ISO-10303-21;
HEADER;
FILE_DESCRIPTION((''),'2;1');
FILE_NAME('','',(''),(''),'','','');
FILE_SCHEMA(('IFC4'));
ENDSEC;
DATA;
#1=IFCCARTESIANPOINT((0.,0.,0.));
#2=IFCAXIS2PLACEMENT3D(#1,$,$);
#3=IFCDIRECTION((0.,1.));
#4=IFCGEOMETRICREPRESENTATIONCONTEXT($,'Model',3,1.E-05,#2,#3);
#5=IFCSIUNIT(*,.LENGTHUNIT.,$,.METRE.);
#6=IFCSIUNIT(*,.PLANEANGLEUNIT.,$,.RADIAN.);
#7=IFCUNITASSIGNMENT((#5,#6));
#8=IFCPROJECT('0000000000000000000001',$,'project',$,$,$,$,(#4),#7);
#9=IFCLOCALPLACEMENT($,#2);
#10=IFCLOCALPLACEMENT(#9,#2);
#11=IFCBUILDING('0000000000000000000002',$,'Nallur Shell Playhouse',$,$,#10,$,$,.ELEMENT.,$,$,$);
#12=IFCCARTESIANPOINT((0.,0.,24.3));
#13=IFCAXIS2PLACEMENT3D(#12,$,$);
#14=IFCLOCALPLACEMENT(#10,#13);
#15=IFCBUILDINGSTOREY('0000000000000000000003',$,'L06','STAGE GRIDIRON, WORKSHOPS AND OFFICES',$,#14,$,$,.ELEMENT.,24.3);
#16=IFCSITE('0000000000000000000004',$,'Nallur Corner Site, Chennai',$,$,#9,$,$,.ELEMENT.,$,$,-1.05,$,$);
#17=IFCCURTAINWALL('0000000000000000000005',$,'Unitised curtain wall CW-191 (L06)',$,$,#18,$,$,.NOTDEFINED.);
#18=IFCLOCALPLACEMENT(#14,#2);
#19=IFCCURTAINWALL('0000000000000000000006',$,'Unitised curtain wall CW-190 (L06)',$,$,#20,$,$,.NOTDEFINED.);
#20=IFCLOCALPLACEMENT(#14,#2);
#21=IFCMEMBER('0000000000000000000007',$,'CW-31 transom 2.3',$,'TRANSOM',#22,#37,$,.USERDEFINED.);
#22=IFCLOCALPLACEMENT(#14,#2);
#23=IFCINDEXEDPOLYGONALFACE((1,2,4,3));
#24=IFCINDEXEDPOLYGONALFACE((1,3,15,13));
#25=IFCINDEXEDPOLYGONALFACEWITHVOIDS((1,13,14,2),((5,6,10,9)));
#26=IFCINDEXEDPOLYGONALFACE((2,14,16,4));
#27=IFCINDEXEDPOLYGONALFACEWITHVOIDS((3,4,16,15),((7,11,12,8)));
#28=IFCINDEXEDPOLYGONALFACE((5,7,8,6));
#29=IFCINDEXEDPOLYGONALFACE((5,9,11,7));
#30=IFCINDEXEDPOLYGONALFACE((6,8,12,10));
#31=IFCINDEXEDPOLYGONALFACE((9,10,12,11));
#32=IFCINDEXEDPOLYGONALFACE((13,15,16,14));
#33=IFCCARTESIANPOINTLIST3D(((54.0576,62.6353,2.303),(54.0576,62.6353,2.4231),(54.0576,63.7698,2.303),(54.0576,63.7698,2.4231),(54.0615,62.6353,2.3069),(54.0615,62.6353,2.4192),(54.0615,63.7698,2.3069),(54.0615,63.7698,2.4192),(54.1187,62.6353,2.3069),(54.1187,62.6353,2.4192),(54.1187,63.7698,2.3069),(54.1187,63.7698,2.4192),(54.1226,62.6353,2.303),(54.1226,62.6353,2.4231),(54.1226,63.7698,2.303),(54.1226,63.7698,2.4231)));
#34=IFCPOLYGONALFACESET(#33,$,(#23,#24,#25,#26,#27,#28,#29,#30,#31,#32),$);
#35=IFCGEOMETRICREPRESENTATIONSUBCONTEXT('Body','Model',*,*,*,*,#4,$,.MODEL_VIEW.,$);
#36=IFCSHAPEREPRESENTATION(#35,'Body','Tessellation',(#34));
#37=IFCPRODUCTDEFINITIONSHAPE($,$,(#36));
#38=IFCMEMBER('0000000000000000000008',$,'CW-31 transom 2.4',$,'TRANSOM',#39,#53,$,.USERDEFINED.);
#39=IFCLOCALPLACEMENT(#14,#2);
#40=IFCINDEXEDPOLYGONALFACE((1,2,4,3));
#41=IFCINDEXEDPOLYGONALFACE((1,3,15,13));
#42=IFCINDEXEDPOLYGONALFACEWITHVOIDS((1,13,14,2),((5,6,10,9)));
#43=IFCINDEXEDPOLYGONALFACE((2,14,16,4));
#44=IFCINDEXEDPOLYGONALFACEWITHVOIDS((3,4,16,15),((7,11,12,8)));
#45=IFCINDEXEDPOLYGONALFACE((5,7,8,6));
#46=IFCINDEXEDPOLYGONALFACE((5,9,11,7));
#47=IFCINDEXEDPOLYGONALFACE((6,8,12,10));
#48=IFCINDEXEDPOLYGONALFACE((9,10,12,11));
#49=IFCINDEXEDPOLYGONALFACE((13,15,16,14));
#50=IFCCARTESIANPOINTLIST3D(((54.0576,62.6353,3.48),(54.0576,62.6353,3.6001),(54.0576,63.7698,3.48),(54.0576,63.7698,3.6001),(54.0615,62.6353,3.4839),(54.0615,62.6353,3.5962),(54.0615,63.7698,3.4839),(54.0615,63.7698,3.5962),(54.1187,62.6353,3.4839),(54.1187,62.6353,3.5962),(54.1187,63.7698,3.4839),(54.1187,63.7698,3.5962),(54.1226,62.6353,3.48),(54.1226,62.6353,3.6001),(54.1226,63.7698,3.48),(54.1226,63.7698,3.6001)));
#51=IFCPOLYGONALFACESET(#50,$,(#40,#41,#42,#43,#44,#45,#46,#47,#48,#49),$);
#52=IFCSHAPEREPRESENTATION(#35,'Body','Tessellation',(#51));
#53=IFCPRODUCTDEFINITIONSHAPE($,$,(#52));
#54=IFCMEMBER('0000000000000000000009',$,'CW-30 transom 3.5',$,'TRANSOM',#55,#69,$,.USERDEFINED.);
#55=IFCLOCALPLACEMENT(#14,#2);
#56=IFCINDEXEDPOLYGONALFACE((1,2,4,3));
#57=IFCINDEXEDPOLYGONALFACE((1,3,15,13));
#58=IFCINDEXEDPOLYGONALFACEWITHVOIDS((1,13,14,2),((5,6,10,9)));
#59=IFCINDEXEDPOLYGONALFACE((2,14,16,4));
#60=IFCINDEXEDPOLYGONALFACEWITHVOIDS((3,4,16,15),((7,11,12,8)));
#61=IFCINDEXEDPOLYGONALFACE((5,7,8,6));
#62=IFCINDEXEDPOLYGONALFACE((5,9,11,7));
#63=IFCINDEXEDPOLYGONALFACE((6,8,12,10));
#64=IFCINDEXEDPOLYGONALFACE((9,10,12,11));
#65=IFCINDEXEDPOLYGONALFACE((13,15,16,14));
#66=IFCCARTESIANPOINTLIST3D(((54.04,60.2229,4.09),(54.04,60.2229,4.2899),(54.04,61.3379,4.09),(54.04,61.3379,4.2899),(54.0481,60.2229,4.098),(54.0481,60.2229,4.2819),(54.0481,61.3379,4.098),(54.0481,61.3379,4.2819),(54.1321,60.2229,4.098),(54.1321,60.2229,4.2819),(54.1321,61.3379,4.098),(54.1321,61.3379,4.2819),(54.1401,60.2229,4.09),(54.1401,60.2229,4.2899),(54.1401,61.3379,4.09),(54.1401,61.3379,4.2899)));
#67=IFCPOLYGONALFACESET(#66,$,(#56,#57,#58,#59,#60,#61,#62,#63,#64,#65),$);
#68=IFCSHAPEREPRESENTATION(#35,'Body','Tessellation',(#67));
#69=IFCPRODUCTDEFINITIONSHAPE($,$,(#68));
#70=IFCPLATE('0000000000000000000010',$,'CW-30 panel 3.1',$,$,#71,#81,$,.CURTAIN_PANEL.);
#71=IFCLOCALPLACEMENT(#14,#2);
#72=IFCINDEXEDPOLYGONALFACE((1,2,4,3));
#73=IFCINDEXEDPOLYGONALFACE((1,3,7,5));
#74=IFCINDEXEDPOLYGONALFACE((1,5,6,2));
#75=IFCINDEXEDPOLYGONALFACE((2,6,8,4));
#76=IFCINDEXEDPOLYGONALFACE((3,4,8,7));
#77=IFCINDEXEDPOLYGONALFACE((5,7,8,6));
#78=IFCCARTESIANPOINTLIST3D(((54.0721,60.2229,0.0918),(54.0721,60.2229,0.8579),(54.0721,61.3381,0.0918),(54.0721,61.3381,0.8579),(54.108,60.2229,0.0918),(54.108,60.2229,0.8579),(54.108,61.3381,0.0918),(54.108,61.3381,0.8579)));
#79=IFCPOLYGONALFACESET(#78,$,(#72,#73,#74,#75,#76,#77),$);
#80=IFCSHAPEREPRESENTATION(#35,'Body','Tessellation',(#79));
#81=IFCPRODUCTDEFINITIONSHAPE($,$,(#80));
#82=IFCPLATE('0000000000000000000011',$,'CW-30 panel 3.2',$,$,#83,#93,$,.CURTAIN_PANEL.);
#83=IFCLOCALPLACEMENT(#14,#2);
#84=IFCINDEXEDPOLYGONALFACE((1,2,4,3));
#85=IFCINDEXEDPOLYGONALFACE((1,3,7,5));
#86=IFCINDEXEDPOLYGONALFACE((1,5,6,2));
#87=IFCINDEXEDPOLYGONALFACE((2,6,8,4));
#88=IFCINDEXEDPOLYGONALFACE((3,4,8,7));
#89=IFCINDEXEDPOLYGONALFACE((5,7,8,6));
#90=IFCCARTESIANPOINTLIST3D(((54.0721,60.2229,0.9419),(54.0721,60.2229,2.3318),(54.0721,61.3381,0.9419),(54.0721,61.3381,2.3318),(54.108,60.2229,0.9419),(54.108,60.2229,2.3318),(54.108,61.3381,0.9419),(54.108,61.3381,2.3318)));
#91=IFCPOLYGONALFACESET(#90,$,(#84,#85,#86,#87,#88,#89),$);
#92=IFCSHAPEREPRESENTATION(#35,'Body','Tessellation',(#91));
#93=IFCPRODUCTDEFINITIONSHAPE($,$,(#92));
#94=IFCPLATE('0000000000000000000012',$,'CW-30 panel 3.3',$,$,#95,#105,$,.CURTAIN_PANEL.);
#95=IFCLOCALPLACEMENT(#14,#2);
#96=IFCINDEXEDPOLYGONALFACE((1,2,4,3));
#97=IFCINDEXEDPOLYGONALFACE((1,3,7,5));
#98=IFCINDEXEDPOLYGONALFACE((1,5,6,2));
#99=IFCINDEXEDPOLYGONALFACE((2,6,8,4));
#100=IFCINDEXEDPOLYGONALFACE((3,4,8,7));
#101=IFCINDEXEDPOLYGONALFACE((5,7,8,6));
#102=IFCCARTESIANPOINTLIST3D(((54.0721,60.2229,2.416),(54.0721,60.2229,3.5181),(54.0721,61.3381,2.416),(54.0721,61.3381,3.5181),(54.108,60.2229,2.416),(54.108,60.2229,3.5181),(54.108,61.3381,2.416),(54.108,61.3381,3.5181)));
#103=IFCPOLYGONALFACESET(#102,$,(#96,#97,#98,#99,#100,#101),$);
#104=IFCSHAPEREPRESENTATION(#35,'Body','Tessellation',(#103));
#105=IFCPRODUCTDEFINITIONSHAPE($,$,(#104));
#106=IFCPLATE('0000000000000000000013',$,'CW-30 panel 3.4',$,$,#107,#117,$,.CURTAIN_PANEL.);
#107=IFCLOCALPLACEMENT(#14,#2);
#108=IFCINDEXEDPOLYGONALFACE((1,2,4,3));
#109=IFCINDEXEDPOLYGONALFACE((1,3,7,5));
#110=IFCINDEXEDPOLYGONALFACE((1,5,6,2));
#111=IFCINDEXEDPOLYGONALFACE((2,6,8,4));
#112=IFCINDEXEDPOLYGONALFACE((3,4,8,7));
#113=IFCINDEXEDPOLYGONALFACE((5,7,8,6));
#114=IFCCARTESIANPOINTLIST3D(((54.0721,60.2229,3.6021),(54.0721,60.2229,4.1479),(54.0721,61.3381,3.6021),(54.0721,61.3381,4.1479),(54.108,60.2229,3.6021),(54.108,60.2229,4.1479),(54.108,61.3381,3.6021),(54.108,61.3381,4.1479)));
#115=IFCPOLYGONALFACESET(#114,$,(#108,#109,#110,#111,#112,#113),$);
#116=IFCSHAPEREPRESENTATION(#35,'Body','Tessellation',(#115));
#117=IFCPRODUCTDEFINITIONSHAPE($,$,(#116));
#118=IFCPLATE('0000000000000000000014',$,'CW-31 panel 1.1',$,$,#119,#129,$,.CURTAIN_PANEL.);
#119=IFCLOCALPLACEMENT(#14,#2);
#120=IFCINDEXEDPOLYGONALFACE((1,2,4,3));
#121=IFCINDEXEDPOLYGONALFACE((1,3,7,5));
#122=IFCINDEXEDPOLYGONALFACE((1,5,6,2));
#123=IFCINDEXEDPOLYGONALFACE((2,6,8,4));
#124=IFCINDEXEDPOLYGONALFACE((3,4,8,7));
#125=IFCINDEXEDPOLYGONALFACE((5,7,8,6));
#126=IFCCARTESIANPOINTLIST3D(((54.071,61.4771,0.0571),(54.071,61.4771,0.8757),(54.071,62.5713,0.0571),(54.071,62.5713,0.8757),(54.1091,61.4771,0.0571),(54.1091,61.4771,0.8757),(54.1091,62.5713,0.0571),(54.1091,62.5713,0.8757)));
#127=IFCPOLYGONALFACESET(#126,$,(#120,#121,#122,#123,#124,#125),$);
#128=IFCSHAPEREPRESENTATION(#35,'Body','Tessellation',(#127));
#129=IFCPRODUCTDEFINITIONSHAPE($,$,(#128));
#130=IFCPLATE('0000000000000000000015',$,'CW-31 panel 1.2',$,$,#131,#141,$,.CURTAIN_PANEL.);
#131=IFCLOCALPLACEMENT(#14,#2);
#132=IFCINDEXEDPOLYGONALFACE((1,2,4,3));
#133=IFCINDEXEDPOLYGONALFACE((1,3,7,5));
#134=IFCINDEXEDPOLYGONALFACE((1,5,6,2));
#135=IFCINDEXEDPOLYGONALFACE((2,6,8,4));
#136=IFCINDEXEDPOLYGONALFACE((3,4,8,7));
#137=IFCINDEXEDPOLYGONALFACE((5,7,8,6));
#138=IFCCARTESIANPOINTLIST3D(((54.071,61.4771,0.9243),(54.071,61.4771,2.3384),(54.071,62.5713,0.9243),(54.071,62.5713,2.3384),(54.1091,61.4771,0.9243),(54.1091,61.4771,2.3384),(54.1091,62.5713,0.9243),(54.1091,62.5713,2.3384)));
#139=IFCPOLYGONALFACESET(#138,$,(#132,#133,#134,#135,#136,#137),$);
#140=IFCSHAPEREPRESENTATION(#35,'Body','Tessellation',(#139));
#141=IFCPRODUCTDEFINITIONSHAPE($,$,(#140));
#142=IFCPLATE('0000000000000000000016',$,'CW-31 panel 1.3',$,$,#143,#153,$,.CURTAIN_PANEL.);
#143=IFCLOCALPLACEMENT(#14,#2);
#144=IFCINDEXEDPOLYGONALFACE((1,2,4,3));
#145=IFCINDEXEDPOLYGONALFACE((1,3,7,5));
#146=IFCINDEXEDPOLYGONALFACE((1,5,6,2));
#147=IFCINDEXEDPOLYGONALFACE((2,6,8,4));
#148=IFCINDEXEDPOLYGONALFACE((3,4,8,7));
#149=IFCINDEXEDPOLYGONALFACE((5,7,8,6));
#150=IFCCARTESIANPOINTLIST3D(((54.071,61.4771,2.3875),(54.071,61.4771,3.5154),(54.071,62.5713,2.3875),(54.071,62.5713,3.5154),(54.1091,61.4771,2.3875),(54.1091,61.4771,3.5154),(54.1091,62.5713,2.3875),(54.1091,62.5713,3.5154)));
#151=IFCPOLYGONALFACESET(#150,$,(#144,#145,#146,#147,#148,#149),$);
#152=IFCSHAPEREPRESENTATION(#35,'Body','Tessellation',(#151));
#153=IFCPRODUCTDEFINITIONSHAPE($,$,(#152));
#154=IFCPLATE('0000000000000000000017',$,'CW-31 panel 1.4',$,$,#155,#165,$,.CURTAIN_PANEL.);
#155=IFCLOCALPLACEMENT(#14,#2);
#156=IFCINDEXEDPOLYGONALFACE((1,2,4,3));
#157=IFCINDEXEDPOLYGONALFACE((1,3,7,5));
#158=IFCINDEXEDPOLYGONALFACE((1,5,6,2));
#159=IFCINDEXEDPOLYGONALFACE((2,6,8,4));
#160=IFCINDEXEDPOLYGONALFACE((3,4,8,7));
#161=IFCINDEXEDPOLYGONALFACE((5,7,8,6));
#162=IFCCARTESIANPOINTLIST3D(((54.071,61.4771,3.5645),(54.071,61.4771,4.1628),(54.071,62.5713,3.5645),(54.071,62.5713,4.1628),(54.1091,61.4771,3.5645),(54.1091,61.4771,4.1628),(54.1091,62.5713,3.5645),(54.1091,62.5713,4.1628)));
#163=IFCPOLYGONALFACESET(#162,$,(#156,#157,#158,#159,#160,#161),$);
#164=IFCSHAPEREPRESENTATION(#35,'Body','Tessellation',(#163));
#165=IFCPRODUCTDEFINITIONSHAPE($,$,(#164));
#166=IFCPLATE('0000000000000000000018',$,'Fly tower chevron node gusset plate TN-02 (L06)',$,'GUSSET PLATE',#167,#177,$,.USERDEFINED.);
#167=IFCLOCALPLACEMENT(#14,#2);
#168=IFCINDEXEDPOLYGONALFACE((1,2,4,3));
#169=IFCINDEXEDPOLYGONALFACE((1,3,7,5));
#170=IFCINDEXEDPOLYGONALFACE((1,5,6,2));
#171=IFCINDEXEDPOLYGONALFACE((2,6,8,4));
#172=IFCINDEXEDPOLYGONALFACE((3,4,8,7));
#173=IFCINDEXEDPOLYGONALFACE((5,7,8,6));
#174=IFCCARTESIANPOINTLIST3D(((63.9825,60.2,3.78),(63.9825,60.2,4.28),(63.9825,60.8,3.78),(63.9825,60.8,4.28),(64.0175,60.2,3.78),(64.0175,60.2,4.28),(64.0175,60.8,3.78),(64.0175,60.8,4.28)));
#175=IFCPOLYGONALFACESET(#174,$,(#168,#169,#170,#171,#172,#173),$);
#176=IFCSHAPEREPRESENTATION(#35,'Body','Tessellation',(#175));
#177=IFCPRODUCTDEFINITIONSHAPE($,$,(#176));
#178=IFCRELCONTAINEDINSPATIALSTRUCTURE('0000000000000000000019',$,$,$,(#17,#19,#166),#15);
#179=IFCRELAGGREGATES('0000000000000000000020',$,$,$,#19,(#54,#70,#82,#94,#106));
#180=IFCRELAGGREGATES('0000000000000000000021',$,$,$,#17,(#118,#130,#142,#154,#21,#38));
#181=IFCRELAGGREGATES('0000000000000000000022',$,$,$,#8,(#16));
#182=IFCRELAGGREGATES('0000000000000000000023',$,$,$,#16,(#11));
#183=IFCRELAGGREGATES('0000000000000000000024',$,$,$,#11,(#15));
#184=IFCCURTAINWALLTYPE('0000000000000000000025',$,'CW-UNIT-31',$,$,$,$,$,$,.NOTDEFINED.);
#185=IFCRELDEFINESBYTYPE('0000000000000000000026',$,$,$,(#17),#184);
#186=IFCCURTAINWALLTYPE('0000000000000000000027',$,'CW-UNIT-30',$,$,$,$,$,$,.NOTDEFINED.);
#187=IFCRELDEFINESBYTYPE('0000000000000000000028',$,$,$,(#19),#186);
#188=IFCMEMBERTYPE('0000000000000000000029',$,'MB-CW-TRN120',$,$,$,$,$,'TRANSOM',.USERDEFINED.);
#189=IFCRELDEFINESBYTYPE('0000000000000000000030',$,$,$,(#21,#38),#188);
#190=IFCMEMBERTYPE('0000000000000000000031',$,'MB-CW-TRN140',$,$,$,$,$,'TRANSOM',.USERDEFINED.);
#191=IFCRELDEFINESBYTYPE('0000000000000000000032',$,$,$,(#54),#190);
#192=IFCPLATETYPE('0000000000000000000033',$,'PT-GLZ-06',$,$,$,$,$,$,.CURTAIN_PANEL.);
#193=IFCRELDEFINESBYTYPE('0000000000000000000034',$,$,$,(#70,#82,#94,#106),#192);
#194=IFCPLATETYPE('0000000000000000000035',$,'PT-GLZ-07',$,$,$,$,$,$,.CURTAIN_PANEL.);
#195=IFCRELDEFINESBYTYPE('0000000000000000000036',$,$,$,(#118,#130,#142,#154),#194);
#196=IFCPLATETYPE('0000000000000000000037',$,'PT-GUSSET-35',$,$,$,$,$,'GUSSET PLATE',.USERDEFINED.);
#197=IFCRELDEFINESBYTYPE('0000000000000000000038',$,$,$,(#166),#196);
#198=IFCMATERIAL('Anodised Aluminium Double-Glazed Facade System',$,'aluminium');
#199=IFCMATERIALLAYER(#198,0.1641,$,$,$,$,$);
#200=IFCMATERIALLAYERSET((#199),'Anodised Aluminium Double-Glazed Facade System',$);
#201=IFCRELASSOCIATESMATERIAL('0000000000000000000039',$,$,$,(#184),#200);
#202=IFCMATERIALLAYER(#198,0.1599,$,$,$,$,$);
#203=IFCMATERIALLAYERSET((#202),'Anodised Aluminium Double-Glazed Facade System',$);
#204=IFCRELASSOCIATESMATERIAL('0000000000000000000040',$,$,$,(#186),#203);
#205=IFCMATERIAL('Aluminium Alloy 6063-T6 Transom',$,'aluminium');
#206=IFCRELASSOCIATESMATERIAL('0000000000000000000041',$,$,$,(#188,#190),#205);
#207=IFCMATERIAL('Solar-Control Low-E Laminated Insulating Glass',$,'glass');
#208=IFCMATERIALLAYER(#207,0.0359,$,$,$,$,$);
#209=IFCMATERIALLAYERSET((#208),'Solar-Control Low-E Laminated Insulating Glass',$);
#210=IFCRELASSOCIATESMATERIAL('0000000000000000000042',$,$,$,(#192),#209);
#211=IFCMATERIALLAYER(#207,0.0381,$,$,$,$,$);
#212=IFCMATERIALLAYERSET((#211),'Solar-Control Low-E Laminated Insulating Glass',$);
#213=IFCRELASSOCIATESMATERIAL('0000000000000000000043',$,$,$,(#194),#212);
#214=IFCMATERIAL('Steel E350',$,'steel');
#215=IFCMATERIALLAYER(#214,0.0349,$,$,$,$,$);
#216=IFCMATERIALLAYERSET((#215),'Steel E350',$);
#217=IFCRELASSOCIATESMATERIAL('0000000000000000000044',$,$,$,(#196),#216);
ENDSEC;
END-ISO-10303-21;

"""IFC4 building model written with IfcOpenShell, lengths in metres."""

from ifc_helpers import new_model, si_unit, direction, frame, origin, origin_2d, place, context, subcontext, project, spatial, rectangle, hollow_rectangle, extrude, material, layer, layer_set, material_profile, profile_set, type_object, element, aggregate, save


model = new_model("IFC4")

# Units and contexts
model_context = context("Model", 3, precision=1e-05, world=origin(), true_north=direction((0.0, 1.0)))
body_context = subcontext(model_context, "Body", "Model", "MODEL_VIEW")
ifc_project = project(units=[si_unit("LENGTHUNIT", "METRE"), si_unit("PLANEANGLEUNIT", "RADIAN")], contexts=[model_context])

# Site, building, storey
site_placement = place(None, origin())
site = spatial("IfcSite", under=ifc_project, at=site_placement, Name="Nallur Corner Site, Chennai", CompositionType="ELEMENT", RefElevation=-1.05)
building_placement = place(site_placement, origin())
building = spatial("IfcBuilding", under=site, at=building_placement, Name="Nallur Shell Playhouse", CompositionType="ELEMENT")
storey_placement = place(building_placement, frame((0.0, 0.0, 24.3)))
storey = spatial("IfcBuildingStorey", under=building, at=storey_placement, Name="L06", Description="STAGE GRIDIRON, WORKSHOPS AND OFFICES", CompositionType="ELEMENT", Elevation=24.3)

# Curtain wall
ifc_material_1 = material(Name="Anodised Aluminium Double-Glazed Facade System", Category="aluminium")
ifc_layer_1 = layer(ifc_material_1, 0.1641)
ifc_layer_set_1 = layer_set([ifc_layer_1], Name="Anodised Aluminium Double-Glazed Facade System")
curtain_wall_type_1 = type_object("IfcCurtainWallType", Name="CW-UNIT-31", PredefinedType="NOTDEFINED", material=ifc_layer_set_1)
curtain_wall_1_placement = place(storey_placement, origin())
curtain_wall_1 = element("IfcCurtainWall", 1, at=curtain_wall_1_placement, inside=storey, type_object=curtain_wall_type_1, Name="Unitised curtain wall CW-191 (L06)", PredefinedType="NOTDEFINED")

# Curtain wall
ifc_layer_2 = layer(ifc_material_1, 0.1599)
ifc_layer_set_2 = layer_set([ifc_layer_2], Name="Anodised Aluminium Double-Glazed Facade System")
curtain_wall_type_2 = type_object("IfcCurtainWallType", Name="CW-UNIT-30", PredefinedType="NOTDEFINED", material=ifc_layer_set_2)
curtain_wall_2_placement = place(storey_placement, origin())
curtain_wall_2 = element("IfcCurtainWall", 2, at=curtain_wall_2_placement, inside=storey, type_object=curtain_wall_type_2, Name="Unitised curtain wall CW-190 (L06)", PredefinedType="NOTDEFINED")

# Members
ifc_material_2 = material(Name="Aluminium Alloy 6063-T6 Transom", Category="aluminium")
ifc_material_profile_1 = material_profile(ifc_material_2, hollow_rectangle(XDim=0.0649, YDim=0.1201, WallThickness=0.0039, at=origin_2d()), Name="ALU 65x120x4")
ifc_profile_set_1 = profile_set([ifc_material_profile_1], Name="Aluminium Alloy 6063-T6 Transom")
member_type_1 = type_object("IfcMemberType", Name="MB-CW-TRN120", ElementType="TRANSOM", PredefinedType="USERDEFINED", material=ifc_profile_set_1)
member_1_placement = place(storey_placement, frame((54.0901, 62.6353, 2.363), z_axis=(0.0, 1.0, 0.0), x_axis=(-1.0, 0.0, 0.0)))
member_1 = element("IfcMember", 3, at=member_1_placement, type_object=member_type_1, Name="CW-31 transom 2.3", ObjectType="TRANSOM", PredefinedType="USERDEFINED", context=body_context, shape_type="SweptSolid", body=[
    extrude(hollow_rectangle(XDim=0.0649, YDim=0.1201, WallThickness=0.0039, at=origin_2d()), origin(), (0.0, 0.0, 1.0), 1.1345),
])
member_2_placement = place(storey_placement, frame((54.0901, 62.6353, 3.54), z_axis=(0.0, 1.0, 0.0), x_axis=(-1.0, 0.0, 0.0)))
member_2 = element("IfcMember", 4, at=member_2_placement, type_object=member_type_1, Name="CW-31 transom 2.4", ObjectType="TRANSOM", PredefinedType="USERDEFINED", context=body_context, shape_type="SweptSolid", body=[
    extrude(hollow_rectangle(XDim=0.0649, YDim=0.1201, WallThickness=0.0039, at=origin_2d()), origin(), (0.0, 0.0, 1.0), 1.1345),
])
ifc_material_profile_2 = material_profile(ifc_material_2, hollow_rectangle(XDim=0.1001, YDim=0.2, WallThickness=0.0081, at=origin_2d()), Name="RHS 200x100x8")
ifc_profile_set_2 = profile_set([ifc_material_profile_2], Name="Aluminium Alloy 6063-T6 Transom")
member_type_2 = type_object("IfcMemberType", Name="MB-CW-TRN140", ElementType="TRANSOM", PredefinedType="USERDEFINED", material=ifc_profile_set_2)
member_3_placement = place(storey_placement, frame((54.0901, 60.2229, 4.1899), z_axis=(0.0, 1.0, 0.0), x_axis=(-1.0, 0.0, 0.0)))
member_3 = element("IfcMember", 5, at=member_3_placement, type_object=member_type_2, Name="CW-30 transom 3.5", ObjectType="TRANSOM", PredefinedType="USERDEFINED", context=body_context, shape_type="SweptSolid", body=[
    extrude(hollow_rectangle(XDim=0.1001, YDim=0.2, WallThickness=0.0081, at=origin_2d()), origin(), (0.0, 0.0, 1.0), 1.115),
])

# Plates
ifc_material_3 = material(Name="Solar-Control Low-E Laminated Insulating Glass", Category="glass")
ifc_layer_3 = layer(ifc_material_3, 0.0359)
ifc_layer_set_3 = layer_set([ifc_layer_3], Name="Solar-Control Low-E Laminated Insulating Glass")
plate_type_1 = type_object("IfcPlateType", Name="PT-GLZ-06", PredefinedType="CURTAIN_PANEL", material=ifc_layer_set_3)
plate_1_placement = place(storey_placement, frame((54.0901, 60.7805, 0.0918), z_axis=(0.0, 0.0, 1.0), x_axis=(0.0, 1.0, 0.0)))
plate_1 = element("IfcPlate", 6, at=plate_1_placement, type_object=plate_type_1, Name="CW-30 panel 3.1", PredefinedType="CURTAIN_PANEL", context=body_context, shape_type="SweptSolid", body=[
    extrude(rectangle(XDim=1.1152, YDim=0.0359, at=origin_2d()), origin(), (0.0, 0.0, 1.0), 0.7661),
])
plate_2_placement = place(storey_placement, frame((54.0901, 60.7805, 0.9419), z_axis=(0.0, 0.0, 1.0), x_axis=(0.0, 1.0, 0.0)))
plate_2 = element("IfcPlate", 7, at=plate_2_placement, type_object=plate_type_1, Name="CW-30 panel 3.2", PredefinedType="CURTAIN_PANEL", context=body_context, shape_type="SweptSolid", body=[
    extrude(rectangle(XDim=1.1152, YDim=0.0359, at=origin_2d()), origin(), (0.0, 0.0, 1.0), 1.3899),
])
plate_3_placement = place(storey_placement, frame((54.0901, 60.7805, 2.416), z_axis=(0.0, 0.0, 1.0), x_axis=(0.0, 1.0, 0.0)))
plate_3 = element("IfcPlate", 8, at=plate_3_placement, type_object=plate_type_1, Name="CW-30 panel 3.3", PredefinedType="CURTAIN_PANEL", context=body_context, shape_type="SweptSolid", body=[
    extrude(rectangle(XDim=1.1152, YDim=0.0359, at=origin_2d()), origin(), (0.0, 0.0, 1.0), 1.1021),
])
plate_4_placement = place(storey_placement, frame((54.0901, 60.7805, 3.6021), z_axis=(0.0, 0.0, 1.0), x_axis=(0.0, 1.0, 0.0)))
plate_4 = element("IfcPlate", 9, at=plate_4_placement, type_object=plate_type_1, Name="CW-30 panel 3.4", PredefinedType="CURTAIN_PANEL", context=body_context, shape_type="SweptSolid", body=[
    extrude(rectangle(XDim=1.1152, YDim=0.0359, at=origin_2d()), origin(), (0.0, 0.0, 1.0), 0.5459),
])
aggregate(curtain_wall_2, [member_3, plate_1, plate_2, plate_3, plate_4])
ifc_layer_4 = layer(ifc_material_3, 0.0381)
ifc_layer_set_4 = layer_set([ifc_layer_4], Name="Solar-Control Low-E Laminated Insulating Glass")
plate_type_2 = type_object("IfcPlateType", Name="PT-GLZ-07", PredefinedType="CURTAIN_PANEL", material=ifc_layer_set_4)
plate_5_placement = place(storey_placement, frame((54.0901, 62.0242, 0.0571), z_axis=(0.0, 0.0, 1.0), x_axis=(0.0, 1.0, 0.0)))
plate_5 = element("IfcPlate", 10, at=plate_5_placement, type_object=plate_type_2, Name="CW-31 panel 1.1", PredefinedType="CURTAIN_PANEL", context=body_context, shape_type="SweptSolid", body=[
    extrude(rectangle(XDim=1.0942, YDim=0.0381, at=origin_2d()), origin(), (0.0, 0.0, 1.0), 0.8186),
])
plate_6_placement = place(storey_placement, frame((54.0901, 62.0242, 0.9243), z_axis=(0.0, 0.0, 1.0), x_axis=(0.0, 1.0, 0.0)))
plate_6 = element("IfcPlate", 11, at=plate_6_placement, type_object=plate_type_2, Name="CW-31 panel 1.2", PredefinedType="CURTAIN_PANEL", context=body_context, shape_type="SweptSolid", body=[
    extrude(rectangle(XDim=1.0942, YDim=0.0381, at=origin_2d()), origin(), (0.0, 0.0, 1.0), 1.4141),
])
plate_7_placement = place(storey_placement, frame((54.0901, 62.0242, 2.3875), z_axis=(0.0, 0.0, 1.0), x_axis=(0.0, 1.0, 0.0)))
plate_7 = element("IfcPlate", 12, at=plate_7_placement, type_object=plate_type_2, Name="CW-31 panel 1.3", PredefinedType="CURTAIN_PANEL", context=body_context, shape_type="SweptSolid", body=[
    extrude(rectangle(XDim=1.0942, YDim=0.0381, at=origin_2d()), origin(), (0.0, 0.0, 1.0), 1.1279),
])
plate_8_placement = place(storey_placement, frame((54.0901, 62.0242, 3.5645), z_axis=(0.0, 0.0, 1.0), x_axis=(0.0, 1.0, 0.0)))
plate_8 = element("IfcPlate", 13, at=plate_8_placement, type_object=plate_type_2, Name="CW-31 panel 1.4", PredefinedType="CURTAIN_PANEL", context=body_context, shape_type="SweptSolid", body=[
    extrude(rectangle(XDim=1.0942, YDim=0.0381, at=origin_2d()), origin(), (0.0, 0.0, 1.0), 0.5984),
])
aggregate(curtain_wall_1, [plate_5, plate_6, plate_7, plate_8, member_1, member_2])
ifc_material_4 = material(Name="Steel E350", Category="steel")
ifc_layer_5 = layer(ifc_material_4, 0.0349)
ifc_layer_set_5 = layer_set([ifc_layer_5], Name="Steel E350")
plate_type_3 = type_object("IfcPlateType", Name="PT-GUSSET-35", ElementType="GUSSET PLATE", PredefinedType="USERDEFINED", material=ifc_layer_set_5)
plate_9_placement = place(storey_placement, frame((64.0, 60.5, 3.78), z_axis=(0.0, 0.0, 1.0), x_axis=(1.0, 0.0, 0.0)))
element("IfcPlate", 14, at=plate_9_placement, inside=storey, type_object=plate_type_3, Name="Fly tower chevron node gusset plate TN-02 (L06)", ObjectType="GUSSET PLATE", PredefinedType="USERDEFINED", context=body_context, shape_type="SweptSolid", body=[
    extrude(rectangle(XDim=0.0349, YDim=0.6001, at=origin_2d()), origin(), (0.0, 0.0, 1.0), 0.5),
])

save(model, "model.ifc")
